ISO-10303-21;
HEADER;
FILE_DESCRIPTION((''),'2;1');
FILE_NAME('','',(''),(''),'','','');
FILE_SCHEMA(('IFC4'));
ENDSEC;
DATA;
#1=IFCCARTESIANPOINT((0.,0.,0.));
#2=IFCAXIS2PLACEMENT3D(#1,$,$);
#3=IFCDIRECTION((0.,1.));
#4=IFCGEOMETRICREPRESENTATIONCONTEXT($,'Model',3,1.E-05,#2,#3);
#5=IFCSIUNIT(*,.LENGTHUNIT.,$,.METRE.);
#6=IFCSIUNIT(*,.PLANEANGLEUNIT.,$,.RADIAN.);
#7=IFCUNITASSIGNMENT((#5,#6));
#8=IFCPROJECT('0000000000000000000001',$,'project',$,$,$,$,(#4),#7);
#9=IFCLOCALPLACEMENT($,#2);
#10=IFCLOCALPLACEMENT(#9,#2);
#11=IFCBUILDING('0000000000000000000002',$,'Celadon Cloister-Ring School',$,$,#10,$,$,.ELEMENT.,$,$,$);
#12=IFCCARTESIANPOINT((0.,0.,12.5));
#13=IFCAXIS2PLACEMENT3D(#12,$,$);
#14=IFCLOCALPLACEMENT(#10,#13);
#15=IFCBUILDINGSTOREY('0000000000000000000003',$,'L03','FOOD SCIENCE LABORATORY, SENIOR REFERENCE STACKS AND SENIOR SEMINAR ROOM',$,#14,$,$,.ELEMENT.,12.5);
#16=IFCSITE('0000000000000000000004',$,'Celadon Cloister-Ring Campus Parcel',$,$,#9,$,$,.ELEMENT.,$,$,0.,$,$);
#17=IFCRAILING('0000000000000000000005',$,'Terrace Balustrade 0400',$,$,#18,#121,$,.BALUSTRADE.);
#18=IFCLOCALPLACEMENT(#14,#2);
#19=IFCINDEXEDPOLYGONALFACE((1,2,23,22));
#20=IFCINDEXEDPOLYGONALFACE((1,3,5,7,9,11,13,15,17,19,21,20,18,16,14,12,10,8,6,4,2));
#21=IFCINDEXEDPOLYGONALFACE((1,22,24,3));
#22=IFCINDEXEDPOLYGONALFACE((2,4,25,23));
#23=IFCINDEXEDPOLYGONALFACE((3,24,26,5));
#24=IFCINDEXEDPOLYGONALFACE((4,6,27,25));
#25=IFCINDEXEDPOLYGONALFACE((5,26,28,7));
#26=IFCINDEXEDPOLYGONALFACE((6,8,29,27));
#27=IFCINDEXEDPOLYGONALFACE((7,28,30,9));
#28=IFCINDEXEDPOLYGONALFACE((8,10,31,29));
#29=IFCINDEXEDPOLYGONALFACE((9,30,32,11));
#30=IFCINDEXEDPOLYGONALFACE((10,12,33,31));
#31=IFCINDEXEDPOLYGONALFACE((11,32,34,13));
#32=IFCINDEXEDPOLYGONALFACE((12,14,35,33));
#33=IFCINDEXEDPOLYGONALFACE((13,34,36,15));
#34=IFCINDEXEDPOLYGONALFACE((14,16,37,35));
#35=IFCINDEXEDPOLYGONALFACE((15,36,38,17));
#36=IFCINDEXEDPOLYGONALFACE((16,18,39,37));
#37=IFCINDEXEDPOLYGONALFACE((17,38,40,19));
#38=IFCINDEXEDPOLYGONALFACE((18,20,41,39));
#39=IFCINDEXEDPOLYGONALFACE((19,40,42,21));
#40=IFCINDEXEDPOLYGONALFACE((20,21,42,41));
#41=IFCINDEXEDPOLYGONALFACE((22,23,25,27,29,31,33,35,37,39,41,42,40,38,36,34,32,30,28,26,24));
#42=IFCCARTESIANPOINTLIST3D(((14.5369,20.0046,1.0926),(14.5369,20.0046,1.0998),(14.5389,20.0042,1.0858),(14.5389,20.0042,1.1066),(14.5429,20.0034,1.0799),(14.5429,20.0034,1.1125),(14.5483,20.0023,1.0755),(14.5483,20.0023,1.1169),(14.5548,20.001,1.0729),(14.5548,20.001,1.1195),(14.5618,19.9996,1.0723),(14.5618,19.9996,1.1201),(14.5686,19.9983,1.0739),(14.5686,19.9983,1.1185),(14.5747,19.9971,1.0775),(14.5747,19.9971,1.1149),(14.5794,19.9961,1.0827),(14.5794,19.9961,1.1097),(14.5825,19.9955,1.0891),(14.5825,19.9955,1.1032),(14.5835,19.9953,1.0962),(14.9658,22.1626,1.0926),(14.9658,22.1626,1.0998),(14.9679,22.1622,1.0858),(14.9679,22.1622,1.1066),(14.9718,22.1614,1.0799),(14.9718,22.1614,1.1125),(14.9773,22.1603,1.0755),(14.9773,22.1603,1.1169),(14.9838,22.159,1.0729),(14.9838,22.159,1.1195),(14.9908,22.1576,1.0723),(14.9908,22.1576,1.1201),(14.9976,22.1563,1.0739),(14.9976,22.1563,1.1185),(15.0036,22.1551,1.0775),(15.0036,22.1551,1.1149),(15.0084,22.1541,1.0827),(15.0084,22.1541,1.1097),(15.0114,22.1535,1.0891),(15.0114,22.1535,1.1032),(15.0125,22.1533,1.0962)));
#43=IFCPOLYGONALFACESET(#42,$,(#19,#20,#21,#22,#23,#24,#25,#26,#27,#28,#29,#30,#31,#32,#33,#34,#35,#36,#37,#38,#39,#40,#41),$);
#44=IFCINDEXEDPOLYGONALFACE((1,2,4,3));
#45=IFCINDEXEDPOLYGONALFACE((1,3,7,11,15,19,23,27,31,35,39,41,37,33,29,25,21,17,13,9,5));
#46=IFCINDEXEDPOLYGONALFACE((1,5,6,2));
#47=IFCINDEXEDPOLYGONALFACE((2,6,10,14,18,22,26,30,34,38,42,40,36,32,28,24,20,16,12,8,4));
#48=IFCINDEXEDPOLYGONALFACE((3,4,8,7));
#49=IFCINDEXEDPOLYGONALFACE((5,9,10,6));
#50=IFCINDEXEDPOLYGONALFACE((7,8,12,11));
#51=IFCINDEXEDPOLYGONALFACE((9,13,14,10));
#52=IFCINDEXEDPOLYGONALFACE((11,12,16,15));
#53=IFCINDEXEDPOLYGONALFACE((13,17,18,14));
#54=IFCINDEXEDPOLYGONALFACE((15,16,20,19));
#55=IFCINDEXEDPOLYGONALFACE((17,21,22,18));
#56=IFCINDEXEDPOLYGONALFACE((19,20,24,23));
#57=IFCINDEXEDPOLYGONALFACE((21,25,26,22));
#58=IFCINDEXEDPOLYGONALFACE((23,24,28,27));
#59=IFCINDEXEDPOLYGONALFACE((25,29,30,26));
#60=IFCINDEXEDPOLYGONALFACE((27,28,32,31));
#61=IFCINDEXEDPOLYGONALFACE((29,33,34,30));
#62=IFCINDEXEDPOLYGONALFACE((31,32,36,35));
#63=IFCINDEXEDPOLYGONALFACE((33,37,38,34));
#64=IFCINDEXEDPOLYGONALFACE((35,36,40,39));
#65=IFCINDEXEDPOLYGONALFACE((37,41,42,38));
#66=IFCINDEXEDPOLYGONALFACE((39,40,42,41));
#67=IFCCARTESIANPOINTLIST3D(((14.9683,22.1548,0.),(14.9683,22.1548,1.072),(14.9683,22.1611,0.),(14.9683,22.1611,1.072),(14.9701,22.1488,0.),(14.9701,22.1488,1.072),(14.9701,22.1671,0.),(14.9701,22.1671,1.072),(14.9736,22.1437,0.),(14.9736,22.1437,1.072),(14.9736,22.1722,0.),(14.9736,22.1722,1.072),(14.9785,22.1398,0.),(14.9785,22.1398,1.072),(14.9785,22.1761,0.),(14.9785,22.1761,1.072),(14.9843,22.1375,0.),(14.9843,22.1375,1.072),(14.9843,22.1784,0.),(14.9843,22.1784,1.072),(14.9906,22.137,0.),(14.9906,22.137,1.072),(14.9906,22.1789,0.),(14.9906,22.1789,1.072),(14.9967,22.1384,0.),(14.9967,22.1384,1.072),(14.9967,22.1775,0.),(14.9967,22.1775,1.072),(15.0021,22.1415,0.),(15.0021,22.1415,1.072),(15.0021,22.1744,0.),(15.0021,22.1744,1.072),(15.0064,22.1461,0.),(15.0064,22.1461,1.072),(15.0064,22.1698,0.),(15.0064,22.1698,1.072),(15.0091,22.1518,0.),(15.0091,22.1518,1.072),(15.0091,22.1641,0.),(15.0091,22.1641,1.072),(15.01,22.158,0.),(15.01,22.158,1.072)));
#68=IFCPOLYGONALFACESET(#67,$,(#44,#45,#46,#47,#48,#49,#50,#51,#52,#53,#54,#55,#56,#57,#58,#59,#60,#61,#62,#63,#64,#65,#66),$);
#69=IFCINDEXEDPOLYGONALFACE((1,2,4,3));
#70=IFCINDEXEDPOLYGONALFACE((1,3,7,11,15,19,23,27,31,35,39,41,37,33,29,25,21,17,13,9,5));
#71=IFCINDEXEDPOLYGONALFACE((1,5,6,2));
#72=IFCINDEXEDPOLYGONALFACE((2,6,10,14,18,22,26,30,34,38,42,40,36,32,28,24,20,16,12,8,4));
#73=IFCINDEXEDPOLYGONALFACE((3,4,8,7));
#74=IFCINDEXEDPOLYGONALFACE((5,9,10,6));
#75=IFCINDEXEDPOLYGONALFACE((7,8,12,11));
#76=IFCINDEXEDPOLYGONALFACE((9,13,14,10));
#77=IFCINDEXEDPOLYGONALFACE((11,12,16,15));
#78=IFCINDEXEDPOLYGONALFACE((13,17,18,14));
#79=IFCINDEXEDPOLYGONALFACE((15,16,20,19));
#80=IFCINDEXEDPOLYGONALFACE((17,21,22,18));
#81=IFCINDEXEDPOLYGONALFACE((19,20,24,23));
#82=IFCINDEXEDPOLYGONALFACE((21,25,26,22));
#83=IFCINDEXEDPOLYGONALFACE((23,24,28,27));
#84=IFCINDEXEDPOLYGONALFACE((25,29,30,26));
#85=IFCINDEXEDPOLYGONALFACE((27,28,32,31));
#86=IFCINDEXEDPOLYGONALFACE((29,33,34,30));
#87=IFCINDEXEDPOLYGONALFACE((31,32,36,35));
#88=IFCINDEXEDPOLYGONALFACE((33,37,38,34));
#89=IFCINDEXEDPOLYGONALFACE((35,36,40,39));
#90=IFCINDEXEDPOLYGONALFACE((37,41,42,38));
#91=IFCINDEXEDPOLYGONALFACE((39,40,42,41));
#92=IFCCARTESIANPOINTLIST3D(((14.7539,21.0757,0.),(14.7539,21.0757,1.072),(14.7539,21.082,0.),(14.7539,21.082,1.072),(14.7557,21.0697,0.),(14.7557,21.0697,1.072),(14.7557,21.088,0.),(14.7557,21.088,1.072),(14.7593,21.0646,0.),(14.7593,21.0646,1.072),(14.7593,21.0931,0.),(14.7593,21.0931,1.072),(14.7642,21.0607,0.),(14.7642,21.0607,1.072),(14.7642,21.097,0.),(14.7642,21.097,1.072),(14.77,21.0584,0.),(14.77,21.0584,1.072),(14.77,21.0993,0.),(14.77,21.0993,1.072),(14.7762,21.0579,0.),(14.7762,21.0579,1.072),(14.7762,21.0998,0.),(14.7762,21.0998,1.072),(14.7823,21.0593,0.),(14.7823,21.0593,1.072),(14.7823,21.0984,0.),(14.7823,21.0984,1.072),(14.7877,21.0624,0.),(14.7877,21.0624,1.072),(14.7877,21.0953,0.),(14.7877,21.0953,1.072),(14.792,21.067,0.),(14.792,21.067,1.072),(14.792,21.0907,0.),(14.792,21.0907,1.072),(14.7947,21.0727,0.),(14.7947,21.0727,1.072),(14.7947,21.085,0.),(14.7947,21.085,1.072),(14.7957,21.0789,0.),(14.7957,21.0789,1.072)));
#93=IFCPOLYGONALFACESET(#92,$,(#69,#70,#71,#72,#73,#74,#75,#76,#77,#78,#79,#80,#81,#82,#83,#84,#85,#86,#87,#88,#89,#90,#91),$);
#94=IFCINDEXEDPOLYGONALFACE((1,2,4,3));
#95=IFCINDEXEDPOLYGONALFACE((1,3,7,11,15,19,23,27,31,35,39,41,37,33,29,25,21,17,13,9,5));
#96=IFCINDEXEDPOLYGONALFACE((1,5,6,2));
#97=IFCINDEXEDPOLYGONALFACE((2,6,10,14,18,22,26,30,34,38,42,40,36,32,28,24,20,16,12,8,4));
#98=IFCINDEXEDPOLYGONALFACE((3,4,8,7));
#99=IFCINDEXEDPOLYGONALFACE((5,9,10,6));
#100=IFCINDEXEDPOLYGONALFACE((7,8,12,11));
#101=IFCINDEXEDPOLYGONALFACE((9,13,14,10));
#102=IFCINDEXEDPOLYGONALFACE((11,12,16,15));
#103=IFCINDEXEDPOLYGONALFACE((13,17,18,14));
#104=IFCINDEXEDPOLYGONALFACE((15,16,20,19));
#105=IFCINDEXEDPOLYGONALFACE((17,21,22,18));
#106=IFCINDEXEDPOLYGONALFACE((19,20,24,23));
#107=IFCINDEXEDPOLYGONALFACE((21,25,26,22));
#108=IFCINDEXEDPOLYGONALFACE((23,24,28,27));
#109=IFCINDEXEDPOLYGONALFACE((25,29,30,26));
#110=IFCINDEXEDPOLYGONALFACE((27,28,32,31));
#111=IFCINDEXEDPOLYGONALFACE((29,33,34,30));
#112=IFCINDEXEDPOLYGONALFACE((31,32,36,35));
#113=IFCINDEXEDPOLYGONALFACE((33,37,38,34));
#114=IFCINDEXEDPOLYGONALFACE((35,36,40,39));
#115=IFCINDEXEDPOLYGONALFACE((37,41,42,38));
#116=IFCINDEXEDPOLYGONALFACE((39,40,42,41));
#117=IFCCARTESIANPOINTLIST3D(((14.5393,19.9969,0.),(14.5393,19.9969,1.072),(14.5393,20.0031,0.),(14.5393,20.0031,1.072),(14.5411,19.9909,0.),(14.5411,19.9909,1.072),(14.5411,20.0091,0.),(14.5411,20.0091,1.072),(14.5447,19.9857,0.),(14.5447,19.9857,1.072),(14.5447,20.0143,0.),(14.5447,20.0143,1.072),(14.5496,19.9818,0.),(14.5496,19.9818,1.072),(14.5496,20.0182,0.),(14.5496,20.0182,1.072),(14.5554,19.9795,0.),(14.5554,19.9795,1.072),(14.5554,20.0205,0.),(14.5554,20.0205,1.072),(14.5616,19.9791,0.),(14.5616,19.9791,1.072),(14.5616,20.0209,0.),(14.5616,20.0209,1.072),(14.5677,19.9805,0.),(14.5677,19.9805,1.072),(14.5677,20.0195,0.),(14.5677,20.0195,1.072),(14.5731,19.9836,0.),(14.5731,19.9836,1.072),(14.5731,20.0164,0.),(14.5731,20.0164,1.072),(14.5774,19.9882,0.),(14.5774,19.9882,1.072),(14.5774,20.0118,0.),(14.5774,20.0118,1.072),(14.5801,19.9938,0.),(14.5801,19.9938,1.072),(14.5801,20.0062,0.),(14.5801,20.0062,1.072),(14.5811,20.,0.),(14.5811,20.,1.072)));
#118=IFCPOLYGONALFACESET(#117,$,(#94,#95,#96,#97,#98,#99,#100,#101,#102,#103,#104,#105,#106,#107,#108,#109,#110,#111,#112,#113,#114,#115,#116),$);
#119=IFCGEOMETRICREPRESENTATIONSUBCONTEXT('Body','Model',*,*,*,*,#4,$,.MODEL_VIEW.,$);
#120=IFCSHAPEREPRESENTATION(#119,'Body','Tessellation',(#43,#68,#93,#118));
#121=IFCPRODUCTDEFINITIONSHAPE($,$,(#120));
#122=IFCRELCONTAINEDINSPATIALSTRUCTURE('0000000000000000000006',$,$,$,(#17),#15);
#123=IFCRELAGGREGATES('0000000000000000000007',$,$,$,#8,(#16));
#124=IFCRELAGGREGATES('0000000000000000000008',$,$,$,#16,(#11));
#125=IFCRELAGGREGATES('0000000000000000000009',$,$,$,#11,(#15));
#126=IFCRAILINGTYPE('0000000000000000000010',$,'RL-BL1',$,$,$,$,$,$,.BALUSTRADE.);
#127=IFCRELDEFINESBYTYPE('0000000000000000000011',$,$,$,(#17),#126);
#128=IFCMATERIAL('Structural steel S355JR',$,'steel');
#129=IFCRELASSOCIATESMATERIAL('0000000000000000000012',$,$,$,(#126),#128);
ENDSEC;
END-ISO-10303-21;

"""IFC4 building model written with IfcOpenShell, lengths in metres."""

from ifc_helpers import new_model, si_unit, direction, frame, origin, origin_2d, place, context, subcontext, project, spatial, circle, extrude, material, type_object, element, save


model = new_model("IFC4")

# Units and contexts
model_context = context("Model", 3, precision=1e-05, world=origin(), true_north=direction((0.0, 1.0)))
body_context = subcontext(model_context, "Body", "Model", "MODEL_VIEW")
ifc_project = project(units=[si_unit("LENGTHUNIT", "METRE"), si_unit("PLANEANGLEUNIT", "RADIAN")], contexts=[model_context])

# Site, building, storey
site_placement = place(None, origin())
site = spatial("IfcSite", under=ifc_project, at=site_placement, Name="Celadon Cloister-Ring Campus Parcel", CompositionType="ELEMENT", RefElevation=0.0)
building_placement = place(site_placement, origin())
building = spatial("IfcBuilding", under=site, at=building_placement, Name="Celadon Cloister-Ring School", CompositionType="ELEMENT")
storey_placement = place(building_placement, frame((0.0, 0.0, 12.5)))
storey = spatial("IfcBuildingStorey", under=building, at=storey_placement, Name="L03", Description="FOOD SCIENCE LABORATORY, SENIOR REFERENCE STACKS AND SENIOR SEMINAR ROOM", CompositionType="ELEMENT", Elevation=12.5)

# Railing
ifc_material_1 = material(Name="Structural steel S355JR", Category="steel")
railing_type = type_object("IfcRailingType", Name="RL-BL1", PredefinedType="BALUSTRADE", material=ifc_material_1)
railing_1_placement = place(storey_placement, frame((14.989, 22.158, 0.0)))
element("IfcRailing", 1, at=railing_1_placement, inside=storey, type_object=railing_type, Name="Terrace Balustrade 0400", PredefinedType="BALUSTRADE", context=body_context, shape_type="SweptSolid", body=[
    extrude(circle(Radius=0.0239, at=origin_2d()), frame((0.0, 0.0, 1.0962), z_axis=(-0.194964, -0.98081, 0.0), x_axis=(0.98081, -0.194964, 0.0)), (0.0, 0.0, 1.0), 2.2002),
    extrude(circle(Radius=0.021, at=origin_2d()), origin(), (0.0, 0.0, 1.0), 1.072),
    extrude(circle(Radius=0.021, at=origin_2d()), frame((-0.2144, -1.0791, 0.0)), (0.0, 0.0, 1.0), 1.072),
    extrude(circle(Radius=0.021, at=origin_2d()), frame((-0.429, -2.158, 0.0)), (0.0, 0.0, 1.0), 1.072),
])

save(model, "model.ifc")
